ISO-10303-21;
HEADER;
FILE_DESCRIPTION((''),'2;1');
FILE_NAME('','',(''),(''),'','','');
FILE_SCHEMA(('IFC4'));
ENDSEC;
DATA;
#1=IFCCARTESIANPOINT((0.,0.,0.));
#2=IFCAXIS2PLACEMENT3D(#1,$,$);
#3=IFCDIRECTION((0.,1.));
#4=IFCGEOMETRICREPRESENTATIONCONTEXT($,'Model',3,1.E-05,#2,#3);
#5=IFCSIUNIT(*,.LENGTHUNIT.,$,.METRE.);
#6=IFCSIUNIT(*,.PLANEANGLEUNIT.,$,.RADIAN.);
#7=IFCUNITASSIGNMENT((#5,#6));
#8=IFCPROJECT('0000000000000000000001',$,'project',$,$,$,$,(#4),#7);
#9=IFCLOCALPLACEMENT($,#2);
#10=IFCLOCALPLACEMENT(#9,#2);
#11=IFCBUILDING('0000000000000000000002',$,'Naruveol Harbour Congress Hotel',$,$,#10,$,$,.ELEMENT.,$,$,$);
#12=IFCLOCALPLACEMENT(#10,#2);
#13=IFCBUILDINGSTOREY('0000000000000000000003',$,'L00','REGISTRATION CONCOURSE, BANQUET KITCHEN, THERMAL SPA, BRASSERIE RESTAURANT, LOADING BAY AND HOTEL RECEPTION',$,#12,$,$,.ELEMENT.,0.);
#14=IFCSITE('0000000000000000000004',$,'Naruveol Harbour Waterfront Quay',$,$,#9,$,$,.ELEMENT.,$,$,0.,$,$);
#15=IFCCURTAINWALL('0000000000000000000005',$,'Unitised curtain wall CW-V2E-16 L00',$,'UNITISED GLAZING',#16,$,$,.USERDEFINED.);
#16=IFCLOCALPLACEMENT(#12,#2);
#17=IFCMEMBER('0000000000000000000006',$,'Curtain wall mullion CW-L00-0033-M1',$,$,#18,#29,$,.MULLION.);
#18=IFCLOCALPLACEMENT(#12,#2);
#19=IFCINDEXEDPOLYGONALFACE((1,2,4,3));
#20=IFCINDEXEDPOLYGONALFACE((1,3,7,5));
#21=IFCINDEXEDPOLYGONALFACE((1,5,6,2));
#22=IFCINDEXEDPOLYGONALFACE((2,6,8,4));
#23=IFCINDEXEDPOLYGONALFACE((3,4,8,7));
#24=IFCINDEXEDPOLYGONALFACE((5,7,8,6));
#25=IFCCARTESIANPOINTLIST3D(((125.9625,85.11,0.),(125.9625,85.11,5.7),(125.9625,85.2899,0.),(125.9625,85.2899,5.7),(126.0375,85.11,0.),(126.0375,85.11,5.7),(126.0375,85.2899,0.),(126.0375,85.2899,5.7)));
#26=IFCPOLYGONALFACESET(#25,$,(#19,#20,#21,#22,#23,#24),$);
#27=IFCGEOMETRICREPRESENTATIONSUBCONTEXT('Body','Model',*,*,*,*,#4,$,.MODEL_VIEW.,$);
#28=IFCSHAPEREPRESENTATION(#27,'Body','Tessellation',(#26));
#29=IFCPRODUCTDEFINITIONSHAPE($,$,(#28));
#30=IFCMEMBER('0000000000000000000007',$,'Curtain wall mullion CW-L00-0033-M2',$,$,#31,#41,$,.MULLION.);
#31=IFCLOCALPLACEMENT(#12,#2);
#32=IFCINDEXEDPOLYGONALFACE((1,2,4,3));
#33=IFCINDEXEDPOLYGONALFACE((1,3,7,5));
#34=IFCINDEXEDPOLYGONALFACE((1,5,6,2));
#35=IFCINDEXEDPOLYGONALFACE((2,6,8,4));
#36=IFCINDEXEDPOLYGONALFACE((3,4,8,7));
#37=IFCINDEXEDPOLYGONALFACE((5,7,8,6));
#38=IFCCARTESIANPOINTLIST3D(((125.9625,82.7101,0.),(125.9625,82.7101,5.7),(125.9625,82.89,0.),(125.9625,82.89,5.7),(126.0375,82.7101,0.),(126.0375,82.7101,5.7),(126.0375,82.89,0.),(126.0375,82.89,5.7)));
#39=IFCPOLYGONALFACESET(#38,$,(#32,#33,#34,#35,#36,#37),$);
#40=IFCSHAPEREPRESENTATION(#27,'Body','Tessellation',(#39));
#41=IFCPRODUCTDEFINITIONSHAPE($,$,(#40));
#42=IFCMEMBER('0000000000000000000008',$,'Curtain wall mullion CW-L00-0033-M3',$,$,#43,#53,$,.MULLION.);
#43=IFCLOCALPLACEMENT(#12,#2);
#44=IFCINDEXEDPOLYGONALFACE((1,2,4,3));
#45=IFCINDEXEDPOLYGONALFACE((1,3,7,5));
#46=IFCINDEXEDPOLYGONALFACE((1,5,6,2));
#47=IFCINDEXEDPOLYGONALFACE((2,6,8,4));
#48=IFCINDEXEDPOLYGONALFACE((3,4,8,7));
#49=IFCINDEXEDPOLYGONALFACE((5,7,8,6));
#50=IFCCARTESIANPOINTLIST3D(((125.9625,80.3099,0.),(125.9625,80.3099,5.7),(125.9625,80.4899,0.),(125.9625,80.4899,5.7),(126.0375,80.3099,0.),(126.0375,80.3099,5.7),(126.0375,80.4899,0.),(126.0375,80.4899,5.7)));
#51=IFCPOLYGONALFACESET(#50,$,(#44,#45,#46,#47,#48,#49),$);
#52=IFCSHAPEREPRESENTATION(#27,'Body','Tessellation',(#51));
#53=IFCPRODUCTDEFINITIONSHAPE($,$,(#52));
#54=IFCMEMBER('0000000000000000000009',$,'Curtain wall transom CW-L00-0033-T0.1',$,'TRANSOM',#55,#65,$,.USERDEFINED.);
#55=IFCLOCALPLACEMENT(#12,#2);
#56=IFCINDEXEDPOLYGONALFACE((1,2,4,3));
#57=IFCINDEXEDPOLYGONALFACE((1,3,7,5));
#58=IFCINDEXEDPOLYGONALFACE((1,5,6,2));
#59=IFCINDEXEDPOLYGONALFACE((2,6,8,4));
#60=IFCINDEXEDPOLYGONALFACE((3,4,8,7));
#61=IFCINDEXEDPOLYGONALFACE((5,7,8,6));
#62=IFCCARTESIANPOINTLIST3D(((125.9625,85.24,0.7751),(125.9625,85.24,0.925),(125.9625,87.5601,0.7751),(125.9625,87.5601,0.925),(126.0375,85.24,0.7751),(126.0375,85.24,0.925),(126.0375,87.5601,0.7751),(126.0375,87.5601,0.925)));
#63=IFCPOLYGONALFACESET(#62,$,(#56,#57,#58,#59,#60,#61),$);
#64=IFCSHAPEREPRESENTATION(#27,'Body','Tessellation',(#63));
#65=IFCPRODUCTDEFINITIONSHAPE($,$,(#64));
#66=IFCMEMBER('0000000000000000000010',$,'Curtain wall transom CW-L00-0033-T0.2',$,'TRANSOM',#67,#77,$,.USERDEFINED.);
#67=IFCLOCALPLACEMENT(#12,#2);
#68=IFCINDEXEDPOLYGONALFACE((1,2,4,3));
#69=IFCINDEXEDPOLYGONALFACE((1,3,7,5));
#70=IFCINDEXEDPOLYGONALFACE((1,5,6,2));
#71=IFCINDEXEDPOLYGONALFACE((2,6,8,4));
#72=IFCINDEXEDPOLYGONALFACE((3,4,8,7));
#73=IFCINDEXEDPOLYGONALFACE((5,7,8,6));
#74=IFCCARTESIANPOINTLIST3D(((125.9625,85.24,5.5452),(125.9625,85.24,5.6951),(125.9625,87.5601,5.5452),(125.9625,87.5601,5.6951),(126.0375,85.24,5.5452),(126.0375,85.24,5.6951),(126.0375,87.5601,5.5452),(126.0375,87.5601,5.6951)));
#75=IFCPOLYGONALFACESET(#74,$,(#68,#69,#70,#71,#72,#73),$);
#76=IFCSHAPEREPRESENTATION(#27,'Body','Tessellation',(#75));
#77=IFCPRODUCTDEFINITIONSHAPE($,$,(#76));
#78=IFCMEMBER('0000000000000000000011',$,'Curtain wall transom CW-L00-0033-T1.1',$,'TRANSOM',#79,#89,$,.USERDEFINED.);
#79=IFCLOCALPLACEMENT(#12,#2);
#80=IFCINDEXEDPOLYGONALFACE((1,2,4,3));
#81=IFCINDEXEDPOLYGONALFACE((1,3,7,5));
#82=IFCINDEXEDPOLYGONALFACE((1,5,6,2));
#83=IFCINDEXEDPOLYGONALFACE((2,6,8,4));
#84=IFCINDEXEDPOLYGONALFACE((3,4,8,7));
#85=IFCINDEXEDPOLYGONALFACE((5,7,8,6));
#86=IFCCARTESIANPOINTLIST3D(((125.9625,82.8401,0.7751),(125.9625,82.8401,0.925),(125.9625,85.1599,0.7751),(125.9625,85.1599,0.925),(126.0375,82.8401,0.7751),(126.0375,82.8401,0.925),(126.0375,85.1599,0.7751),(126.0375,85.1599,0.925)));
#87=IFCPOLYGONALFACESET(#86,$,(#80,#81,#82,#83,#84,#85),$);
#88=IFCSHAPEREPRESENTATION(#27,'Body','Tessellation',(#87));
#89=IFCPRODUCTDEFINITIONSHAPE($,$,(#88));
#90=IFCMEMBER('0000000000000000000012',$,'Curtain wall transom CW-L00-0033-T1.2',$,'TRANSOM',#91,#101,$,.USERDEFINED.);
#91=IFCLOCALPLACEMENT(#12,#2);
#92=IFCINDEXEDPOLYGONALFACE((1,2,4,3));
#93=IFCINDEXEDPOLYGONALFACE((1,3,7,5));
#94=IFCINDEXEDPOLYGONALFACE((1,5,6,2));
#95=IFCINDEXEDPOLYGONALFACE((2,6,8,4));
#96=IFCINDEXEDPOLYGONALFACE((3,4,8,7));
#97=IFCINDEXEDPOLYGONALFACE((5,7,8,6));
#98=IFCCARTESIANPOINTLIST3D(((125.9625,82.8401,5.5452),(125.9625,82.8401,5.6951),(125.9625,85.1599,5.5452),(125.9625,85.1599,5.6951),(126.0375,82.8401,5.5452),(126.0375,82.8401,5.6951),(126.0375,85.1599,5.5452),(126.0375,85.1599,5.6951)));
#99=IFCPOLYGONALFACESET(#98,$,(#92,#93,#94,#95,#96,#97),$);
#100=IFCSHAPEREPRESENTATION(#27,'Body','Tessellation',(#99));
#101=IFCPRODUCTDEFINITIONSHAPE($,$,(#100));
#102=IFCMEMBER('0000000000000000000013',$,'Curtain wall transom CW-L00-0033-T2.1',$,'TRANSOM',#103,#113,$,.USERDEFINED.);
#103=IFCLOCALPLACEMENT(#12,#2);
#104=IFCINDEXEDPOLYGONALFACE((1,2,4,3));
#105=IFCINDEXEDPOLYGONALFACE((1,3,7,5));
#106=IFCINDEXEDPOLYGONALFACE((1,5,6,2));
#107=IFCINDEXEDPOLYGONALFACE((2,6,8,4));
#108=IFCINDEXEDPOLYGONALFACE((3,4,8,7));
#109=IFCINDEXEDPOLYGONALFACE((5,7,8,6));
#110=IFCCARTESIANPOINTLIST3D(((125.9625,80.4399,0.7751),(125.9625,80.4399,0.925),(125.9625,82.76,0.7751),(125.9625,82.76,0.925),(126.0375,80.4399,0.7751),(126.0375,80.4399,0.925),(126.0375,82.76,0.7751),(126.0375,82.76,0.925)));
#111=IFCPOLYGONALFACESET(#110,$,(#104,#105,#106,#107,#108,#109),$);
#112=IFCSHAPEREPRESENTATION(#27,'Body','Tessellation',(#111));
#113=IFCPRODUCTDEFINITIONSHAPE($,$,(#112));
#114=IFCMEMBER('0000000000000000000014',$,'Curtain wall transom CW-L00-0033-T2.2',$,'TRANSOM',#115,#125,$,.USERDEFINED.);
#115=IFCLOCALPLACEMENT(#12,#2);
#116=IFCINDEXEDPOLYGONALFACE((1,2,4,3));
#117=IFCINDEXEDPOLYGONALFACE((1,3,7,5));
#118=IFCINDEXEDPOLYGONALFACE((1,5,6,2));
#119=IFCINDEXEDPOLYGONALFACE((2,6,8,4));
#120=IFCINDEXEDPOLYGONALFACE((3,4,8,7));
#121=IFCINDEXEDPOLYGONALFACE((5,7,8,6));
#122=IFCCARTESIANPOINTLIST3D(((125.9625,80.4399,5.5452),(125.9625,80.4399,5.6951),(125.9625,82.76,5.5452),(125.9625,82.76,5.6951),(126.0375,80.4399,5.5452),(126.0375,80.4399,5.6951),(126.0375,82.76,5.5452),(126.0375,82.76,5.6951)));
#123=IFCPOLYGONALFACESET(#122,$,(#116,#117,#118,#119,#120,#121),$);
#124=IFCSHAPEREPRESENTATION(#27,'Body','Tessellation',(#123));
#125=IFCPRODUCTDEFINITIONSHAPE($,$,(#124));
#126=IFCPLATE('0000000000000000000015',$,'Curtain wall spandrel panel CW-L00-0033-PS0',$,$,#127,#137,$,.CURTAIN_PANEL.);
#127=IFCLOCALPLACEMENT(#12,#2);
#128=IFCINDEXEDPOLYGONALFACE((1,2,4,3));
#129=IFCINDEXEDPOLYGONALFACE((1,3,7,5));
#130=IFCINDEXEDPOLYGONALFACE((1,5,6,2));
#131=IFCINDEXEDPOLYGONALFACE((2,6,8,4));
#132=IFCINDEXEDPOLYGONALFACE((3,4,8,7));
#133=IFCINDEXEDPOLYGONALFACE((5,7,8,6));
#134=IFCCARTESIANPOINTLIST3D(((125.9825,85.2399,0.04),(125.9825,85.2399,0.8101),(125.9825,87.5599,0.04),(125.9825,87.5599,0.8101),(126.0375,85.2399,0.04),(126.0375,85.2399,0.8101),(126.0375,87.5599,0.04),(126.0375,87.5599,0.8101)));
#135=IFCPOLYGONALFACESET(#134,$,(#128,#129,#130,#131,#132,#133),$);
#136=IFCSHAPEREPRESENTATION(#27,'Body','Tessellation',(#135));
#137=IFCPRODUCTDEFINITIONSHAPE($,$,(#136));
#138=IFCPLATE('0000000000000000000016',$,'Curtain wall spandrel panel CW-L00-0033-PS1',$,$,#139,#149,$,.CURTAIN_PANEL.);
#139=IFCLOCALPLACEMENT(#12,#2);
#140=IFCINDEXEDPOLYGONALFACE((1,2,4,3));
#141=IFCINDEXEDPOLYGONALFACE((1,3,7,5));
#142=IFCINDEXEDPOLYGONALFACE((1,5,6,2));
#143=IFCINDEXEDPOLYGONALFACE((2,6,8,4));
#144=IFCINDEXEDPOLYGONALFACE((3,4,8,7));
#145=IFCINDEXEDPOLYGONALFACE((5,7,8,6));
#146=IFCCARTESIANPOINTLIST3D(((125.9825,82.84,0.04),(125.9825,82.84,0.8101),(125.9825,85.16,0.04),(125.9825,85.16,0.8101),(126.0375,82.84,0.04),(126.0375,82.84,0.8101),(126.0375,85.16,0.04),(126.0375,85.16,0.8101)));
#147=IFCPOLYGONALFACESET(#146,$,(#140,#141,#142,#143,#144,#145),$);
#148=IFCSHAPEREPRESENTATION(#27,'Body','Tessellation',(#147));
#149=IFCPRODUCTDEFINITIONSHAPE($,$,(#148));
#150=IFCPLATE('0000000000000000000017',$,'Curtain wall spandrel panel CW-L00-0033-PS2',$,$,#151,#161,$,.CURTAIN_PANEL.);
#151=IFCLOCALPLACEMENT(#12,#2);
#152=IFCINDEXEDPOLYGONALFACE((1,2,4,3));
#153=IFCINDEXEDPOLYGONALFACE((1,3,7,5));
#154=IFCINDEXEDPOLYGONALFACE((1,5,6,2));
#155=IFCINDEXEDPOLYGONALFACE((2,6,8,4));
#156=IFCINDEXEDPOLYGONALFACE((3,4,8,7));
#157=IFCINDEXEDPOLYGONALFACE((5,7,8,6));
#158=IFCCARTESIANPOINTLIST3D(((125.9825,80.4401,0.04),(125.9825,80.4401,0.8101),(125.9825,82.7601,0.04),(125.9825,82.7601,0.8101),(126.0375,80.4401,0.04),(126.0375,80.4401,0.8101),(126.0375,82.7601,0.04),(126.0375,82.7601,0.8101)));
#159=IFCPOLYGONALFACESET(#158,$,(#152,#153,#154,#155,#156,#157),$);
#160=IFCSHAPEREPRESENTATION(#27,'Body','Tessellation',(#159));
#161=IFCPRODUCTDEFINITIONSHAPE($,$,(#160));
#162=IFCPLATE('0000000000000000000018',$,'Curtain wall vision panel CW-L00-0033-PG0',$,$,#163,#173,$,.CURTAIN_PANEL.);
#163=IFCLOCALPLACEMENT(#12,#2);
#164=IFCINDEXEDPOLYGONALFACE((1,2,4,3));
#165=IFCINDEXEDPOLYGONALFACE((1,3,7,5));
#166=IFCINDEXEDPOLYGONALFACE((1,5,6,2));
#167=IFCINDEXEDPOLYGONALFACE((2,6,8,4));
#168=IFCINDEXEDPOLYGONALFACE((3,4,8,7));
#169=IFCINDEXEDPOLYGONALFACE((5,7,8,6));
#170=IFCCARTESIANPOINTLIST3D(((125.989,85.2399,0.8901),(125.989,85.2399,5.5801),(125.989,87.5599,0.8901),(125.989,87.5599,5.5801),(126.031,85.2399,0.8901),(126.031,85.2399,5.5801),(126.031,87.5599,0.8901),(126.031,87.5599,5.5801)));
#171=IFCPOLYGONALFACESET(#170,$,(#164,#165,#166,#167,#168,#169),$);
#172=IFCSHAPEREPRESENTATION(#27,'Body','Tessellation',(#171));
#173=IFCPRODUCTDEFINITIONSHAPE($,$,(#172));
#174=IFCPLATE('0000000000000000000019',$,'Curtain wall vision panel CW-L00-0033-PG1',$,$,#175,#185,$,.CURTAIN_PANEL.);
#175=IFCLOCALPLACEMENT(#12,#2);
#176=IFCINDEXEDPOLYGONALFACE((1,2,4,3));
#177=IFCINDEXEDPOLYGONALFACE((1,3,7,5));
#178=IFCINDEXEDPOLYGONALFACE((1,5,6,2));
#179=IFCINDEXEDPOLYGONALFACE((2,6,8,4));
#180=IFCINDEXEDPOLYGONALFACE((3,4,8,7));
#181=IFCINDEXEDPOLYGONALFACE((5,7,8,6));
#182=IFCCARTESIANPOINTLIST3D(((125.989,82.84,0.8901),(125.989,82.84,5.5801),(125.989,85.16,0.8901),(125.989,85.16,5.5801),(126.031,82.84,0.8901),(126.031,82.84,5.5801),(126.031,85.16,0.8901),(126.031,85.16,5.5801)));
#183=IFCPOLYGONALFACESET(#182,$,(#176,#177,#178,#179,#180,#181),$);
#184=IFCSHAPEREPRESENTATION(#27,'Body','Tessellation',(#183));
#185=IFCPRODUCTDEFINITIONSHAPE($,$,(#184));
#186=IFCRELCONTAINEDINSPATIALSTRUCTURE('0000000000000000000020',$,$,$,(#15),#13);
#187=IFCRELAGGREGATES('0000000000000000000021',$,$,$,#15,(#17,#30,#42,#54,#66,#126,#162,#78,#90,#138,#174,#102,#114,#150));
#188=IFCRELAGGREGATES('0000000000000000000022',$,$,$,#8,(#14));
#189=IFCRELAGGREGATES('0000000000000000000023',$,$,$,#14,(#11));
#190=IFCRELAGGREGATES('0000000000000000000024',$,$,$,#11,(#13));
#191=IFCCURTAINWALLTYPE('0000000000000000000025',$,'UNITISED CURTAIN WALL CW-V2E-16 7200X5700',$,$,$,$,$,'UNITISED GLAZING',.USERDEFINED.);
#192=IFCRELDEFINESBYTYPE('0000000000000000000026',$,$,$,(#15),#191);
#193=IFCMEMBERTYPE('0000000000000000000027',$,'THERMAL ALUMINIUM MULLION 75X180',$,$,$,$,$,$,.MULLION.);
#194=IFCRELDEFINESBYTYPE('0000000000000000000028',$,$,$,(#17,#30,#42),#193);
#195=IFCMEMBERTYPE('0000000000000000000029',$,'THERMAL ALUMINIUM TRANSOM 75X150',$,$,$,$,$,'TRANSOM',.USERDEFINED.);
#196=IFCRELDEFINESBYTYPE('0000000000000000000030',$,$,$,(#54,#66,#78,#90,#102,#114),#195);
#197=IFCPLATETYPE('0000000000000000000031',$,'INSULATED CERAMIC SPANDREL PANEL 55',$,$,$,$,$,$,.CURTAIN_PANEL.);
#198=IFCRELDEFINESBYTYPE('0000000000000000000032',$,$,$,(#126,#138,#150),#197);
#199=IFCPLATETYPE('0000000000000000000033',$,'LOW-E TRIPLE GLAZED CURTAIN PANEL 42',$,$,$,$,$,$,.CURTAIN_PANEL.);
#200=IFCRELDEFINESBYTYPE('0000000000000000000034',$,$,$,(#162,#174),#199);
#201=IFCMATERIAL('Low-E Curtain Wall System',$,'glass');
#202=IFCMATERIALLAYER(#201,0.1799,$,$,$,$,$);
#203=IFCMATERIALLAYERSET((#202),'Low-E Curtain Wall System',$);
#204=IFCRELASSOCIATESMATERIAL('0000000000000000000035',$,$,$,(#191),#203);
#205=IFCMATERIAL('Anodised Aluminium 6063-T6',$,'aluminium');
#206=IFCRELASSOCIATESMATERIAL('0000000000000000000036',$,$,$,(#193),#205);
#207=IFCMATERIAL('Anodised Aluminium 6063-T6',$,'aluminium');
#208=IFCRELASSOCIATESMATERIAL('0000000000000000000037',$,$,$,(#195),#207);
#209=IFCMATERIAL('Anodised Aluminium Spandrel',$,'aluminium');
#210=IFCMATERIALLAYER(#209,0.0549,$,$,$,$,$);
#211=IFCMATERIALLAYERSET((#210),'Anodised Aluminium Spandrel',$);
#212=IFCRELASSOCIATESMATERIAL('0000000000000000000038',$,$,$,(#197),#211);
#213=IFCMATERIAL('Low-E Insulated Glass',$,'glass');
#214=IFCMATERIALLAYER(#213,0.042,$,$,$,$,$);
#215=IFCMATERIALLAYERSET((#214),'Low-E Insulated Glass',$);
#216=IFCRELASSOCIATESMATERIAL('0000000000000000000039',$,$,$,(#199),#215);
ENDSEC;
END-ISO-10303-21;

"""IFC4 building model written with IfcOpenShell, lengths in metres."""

from ifc_helpers import new_model, si_unit, direction, frame, origin, origin_2d, place, context, subcontext, project, spatial, rectangle, extrude, material, layer, layer_set, material_profile, profile_set, type_object, element, aggregate, save


model = new_model("IFC4")

# Units and contexts
model_context = context("Model", 3, precision=1e-05, world=origin(), true_north=direction((0.0, 1.0)))
body_context = subcontext(model_context, "Body", "Model", "MODEL_VIEW")
ifc_project = project(units=[si_unit("LENGTHUNIT", "METRE"), si_unit("PLANEANGLEUNIT", "RADIAN")], contexts=[model_context])

# Site, building, storey
site_placement = place(None, origin())
site = spatial("IfcSite", under=ifc_project, at=site_placement, Name="Naruveol Harbour Waterfront Quay", CompositionType="ELEMENT", RefElevation=0.0)
building_placement = place(site_placement, origin())
building = spatial("IfcBuilding", under=site, at=building_placement, Name="Naruveol Harbour Congress Hotel", CompositionType="ELEMENT")
storey_placement = place(building_placement, origin())
storey = spatial("IfcBuildingStorey", under=building, at=storey_placement, Name="L00", Description="REGISTRATION CONCOURSE, BANQUET KITCHEN, THERMAL SPA, BRASSERIE RESTAURANT, LOADING BAY AND HOTEL RECEPTION", CompositionType="ELEMENT", Elevation=0.0)

# Curtain wall, members, plates
ifc_material_1 = material(Name="Low-E Curtain Wall System", Category="glass")
ifc_layer_1 = layer(ifc_material_1, 0.1799)
ifc_layer_set_1 = layer_set([ifc_layer_1], Name="Low-E Curtain Wall System")
curtain_wall_type = type_object("IfcCurtainWallType", Name="UNITISED CURTAIN WALL CW-V2E-16 7200X5700", ElementType="UNITISED GLAZING", PredefinedType="USERDEFINED", material=ifc_layer_set_1)
curtain_wall_placement = place(storey_placement, origin())
curtain_wall = element("IfcCurtainWall", 1, at=curtain_wall_placement, inside=storey, type_object=curtain_wall_type, Name="Unitised curtain wall CW-V2E-16 L00", ObjectType="UNITISED GLAZING", PredefinedType="USERDEFINED")
ifc_material_2 = material(Name="Anodised Aluminium 6063-T6", Category="aluminium")
ifc_material_profile_1 = material_profile(ifc_material_2, rectangle(XDim=0.075, YDim=0.1799, at=origin_2d()), Name="ALU-75x180")
ifc_profile_set_1 = profile_set([ifc_material_profile_1], Name="Anodised Aluminium 6063-T6")
member_type_1 = type_object("IfcMemberType", Name="THERMAL ALUMINIUM MULLION 75X180", PredefinedType="MULLION", material=ifc_profile_set_1)
member_1_placement = place(storey_placement, frame((126.0, 85.2, 0.0), z_axis=(0.0, 0.0, 1.0), x_axis=(1.0, 0.0, 0.0)))
member_1 = element("IfcMember", 2, at=member_1_placement, type_object=member_type_1, Name="Curtain wall mullion CW-L00-0033-M1", PredefinedType="MULLION", context=body_context, shape_type="SweptSolid", body=[
    extrude(rectangle(XDim=0.075, YDim=0.1799, at=origin_2d()), origin(), (0.0, 0.0, 1.0), 5.7),
])
member_2_placement = place(storey_placement, frame((126.0, 82.8, 0.0), z_axis=(0.0, 0.0, 1.0), x_axis=(1.0, 0.0, 0.0)))
member_2 = element("IfcMember", 3, at=member_2_placement, type_object=member_type_1, Name="Curtain wall mullion CW-L00-0033-M2", PredefinedType="MULLION", context=body_context, shape_type="SweptSolid", body=[
    extrude(rectangle(XDim=0.075, YDim=0.1799, at=origin_2d()), origin(), (0.0, 0.0, 1.0), 5.7),
])
member_3_placement = place(storey_placement, frame((126.0, 80.3999, 0.0), z_axis=(0.0, 0.0, 1.0), x_axis=(1.0, 0.0, 0.0)))
member_3 = element("IfcMember", 4, at=member_3_placement, type_object=member_type_1, Name="Curtain wall mullion CW-L00-0033-M3", PredefinedType="MULLION", context=body_context, shape_type="SweptSolid", body=[
    extrude(rectangle(XDim=0.075, YDim=0.1799, at=origin_2d()), origin(), (0.0, 0.0, 1.0), 5.7),
])
ifc_material_3 = material(Name="Anodised Aluminium 6063-T6", Category="aluminium")
ifc_material_profile_2 = material_profile(ifc_material_3, rectangle(XDim=0.075, YDim=0.1499, at=origin_2d()), Name="ALU-75x150")
ifc_profile_set_2 = profile_set([ifc_material_profile_2], Name="Anodised Aluminium 6063-T6")
member_type_2 = type_object("IfcMemberType", Name="THERMAL ALUMINIUM TRANSOM 75X150", ElementType="TRANSOM", PredefinedType="USERDEFINED", material=ifc_profile_set_2)
member_4_placement = place(storey_placement, frame((126.0, 87.5601, 0.8501), z_axis=(0.0, -1.0, 0.0), x_axis=(1.0, 0.0, 0.0)))
member_4 = element("IfcMember", 5, at=member_4_placement, type_object=member_type_2, Name="Curtain wall transom CW-L00-0033-T0.1", ObjectType="TRANSOM", PredefinedType="USERDEFINED", context=body_context, shape_type="SweptSolid", body=[
    extrude(rectangle(XDim=0.075, YDim=0.1499, at=origin_2d()), origin(), (0.0, 0.0, 1.0), 2.3201),
])
member_5_placement = place(storey_placement, frame((126.0, 87.5601, 5.6201), z_axis=(0.0, -1.0, 0.0), x_axis=(1.0, 0.0, 0.0)))
member_5 = element("IfcMember", 6, at=member_5_placement, type_object=member_type_2, Name="Curtain wall transom CW-L00-0033-T0.2", ObjectType="TRANSOM", PredefinedType="USERDEFINED", context=body_context, shape_type="SweptSolid", body=[
    extrude(rectangle(XDim=0.075, YDim=0.1499, at=origin_2d()), origin(), (0.0, 0.0, 1.0), 2.3201),
])
member_6_placement = place(storey_placement, frame((126.0, 85.1599, 0.8501), z_axis=(0.0, -1.0, 0.0), x_axis=(1.0, 0.0, 0.0)))
member_6 = element("IfcMember", 7, at=member_6_placement, type_object=member_type_2, Name="Curtain wall transom CW-L00-0033-T1.1", ObjectType="TRANSOM", PredefinedType="USERDEFINED", context=body_context, shape_type="SweptSolid", body=[
    extrude(rectangle(XDim=0.075, YDim=0.1499, at=origin_2d()), origin(), (0.0, 0.0, 1.0), 2.3198),
])
member_7_placement = place(storey_placement, frame((126.0, 85.1599, 5.6201), z_axis=(0.0, -1.0, 0.0), x_axis=(1.0, 0.0, 0.0)))
member_7 = element("IfcMember", 8, at=member_7_placement, type_object=member_type_2, Name="Curtain wall transom CW-L00-0033-T1.2", ObjectType="TRANSOM", PredefinedType="USERDEFINED", context=body_context, shape_type="SweptSolid", body=[
    extrude(rectangle(XDim=0.075, YDim=0.1499, at=origin_2d()), origin(), (0.0, 0.0, 1.0), 2.3198),
])
member_8_placement = place(storey_placement, frame((126.0, 82.76, 0.8501), z_axis=(0.0, -1.0, 0.0), x_axis=(1.0, 0.0, 0.0)))
member_8 = element("IfcMember", 9, at=member_8_placement, type_object=member_type_2, Name="Curtain wall transom CW-L00-0033-T2.1", ObjectType="TRANSOM", PredefinedType="USERDEFINED", context=body_context, shape_type="SweptSolid", body=[
    extrude(rectangle(XDim=0.075, YDim=0.1499, at=origin_2d()), origin(), (0.0, 0.0, 1.0), 2.3201),
])
member_9_placement = place(storey_placement, frame((126.0, 82.76, 5.6201), z_axis=(0.0, -1.0, 0.0), x_axis=(1.0, 0.0, 0.0)))
member_9 = element("IfcMember", 10, at=member_9_placement, type_object=member_type_2, Name="Curtain wall transom CW-L00-0033-T2.2", ObjectType="TRANSOM", PredefinedType="USERDEFINED", context=body_context, shape_type="SweptSolid", body=[
    extrude(rectangle(XDim=0.075, YDim=0.1499, at=origin_2d()), origin(), (0.0, 0.0, 1.0), 2.3201),
])
ifc_material_4 = material(Name="Anodised Aluminium Spandrel", Category="aluminium")
ifc_layer_2 = layer(ifc_material_4, 0.0549)
ifc_layer_set_2 = layer_set([ifc_layer_2], Name="Anodised Aluminium Spandrel")
plate_type_1 = type_object("IfcPlateType", Name="INSULATED CERAMIC SPANDREL PANEL 55", PredefinedType="CURTAIN_PANEL", material=ifc_layer_set_2)
plate_1_placement = place(storey_placement, frame((126.01, 86.3999, 0.04), z_axis=(0.0, 0.0, 1.0), x_axis=(0.0, -1.0, 0.0)))
plate_1 = element("IfcPlate", 11, at=plate_1_placement, type_object=plate_type_1, Name="Curtain wall spandrel panel CW-L00-0033-PS0", PredefinedType="CURTAIN_PANEL", context=body_context, shape_type="SweptSolid", body=[
    extrude(rectangle(XDim=2.3201, YDim=0.0549, at=origin_2d()), origin(), (0.0, 0.0, 1.0), 0.77),
])
plate_2_placement = place(storey_placement, frame((126.01, 84.0, 0.04), z_axis=(0.0, 0.0, 1.0), x_axis=(0.0, -1.0, 0.0)))
plate_2 = element("IfcPlate", 12, at=plate_2_placement, type_object=plate_type_1, Name="Curtain wall spandrel panel CW-L00-0033-PS1", PredefinedType="CURTAIN_PANEL", context=body_context, shape_type="SweptSolid", body=[
    extrude(rectangle(XDim=2.3201, YDim=0.0549, at=origin_2d()), origin(), (0.0, 0.0, 1.0), 0.77),
])
plate_3_placement = place(storey_placement, frame((126.01, 81.6001, 0.04), z_axis=(0.0, 0.0, 1.0), x_axis=(0.0, -1.0, 0.0)))
plate_3 = element("IfcPlate", 13, at=plate_3_placement, type_object=plate_type_1, Name="Curtain wall spandrel panel CW-L00-0033-PS2", PredefinedType="CURTAIN_PANEL", context=body_context, shape_type="SweptSolid", body=[
    extrude(rectangle(XDim=2.3201, YDim=0.0549, at=origin_2d()), origin(), (0.0, 0.0, 1.0), 0.77),
])
ifc_material_5 = material(Name="Low-E Insulated Glass", Category="glass")
ifc_layer_3 = layer(ifc_material_5, 0.042)
ifc_layer_set_3 = layer_set([ifc_layer_3], Name="Low-E Insulated Glass")
plate_type_2 = type_object("IfcPlateType", Name="LOW-E TRIPLE GLAZED CURTAIN PANEL 42", PredefinedType="CURTAIN_PANEL", material=ifc_layer_set_3)
plate_4_placement = place(storey_placement, frame((126.01, 86.3999, 0.8901), z_axis=(0.0, 0.0, 1.0), x_axis=(0.0, -1.0, 0.0)))
plate_4 = element("IfcPlate", 14, at=plate_4_placement, type_object=plate_type_2, Name="Curtain wall vision panel CW-L00-0033-PG0", PredefinedType="CURTAIN_PANEL", context=body_context, shape_type="SweptSolid", body=[
    extrude(rectangle(XDim=2.3201, YDim=0.042, at=origin_2d()), origin(), (0.0, 0.0, 1.0), 4.6899),
])
plate_5_placement = place(storey_placement, frame((126.01, 84.0, 0.8901), z_axis=(0.0, 0.0, 1.0), x_axis=(0.0, -1.0, 0.0)))
plate_5 = element("IfcPlate", 15, at=plate_5_placement, type_object=plate_type_2, Name="Curtain wall vision panel CW-L00-0033-PG1", PredefinedType="CURTAIN_PANEL", context=body_context, shape_type="SweptSolid", body=[
    extrude(rectangle(XDim=2.3201, YDim=0.042, at=origin_2d()), origin(), (0.0, 0.0, 1.0), 4.6899),
])
aggregate(curtain_wall, [member_1, member_2, member_3, member_4, member_5, plate_1, plate_4, member_6, member_7, plate_2, plate_5, member_8, member_9, plate_3])

save(model, "model.ifc")
